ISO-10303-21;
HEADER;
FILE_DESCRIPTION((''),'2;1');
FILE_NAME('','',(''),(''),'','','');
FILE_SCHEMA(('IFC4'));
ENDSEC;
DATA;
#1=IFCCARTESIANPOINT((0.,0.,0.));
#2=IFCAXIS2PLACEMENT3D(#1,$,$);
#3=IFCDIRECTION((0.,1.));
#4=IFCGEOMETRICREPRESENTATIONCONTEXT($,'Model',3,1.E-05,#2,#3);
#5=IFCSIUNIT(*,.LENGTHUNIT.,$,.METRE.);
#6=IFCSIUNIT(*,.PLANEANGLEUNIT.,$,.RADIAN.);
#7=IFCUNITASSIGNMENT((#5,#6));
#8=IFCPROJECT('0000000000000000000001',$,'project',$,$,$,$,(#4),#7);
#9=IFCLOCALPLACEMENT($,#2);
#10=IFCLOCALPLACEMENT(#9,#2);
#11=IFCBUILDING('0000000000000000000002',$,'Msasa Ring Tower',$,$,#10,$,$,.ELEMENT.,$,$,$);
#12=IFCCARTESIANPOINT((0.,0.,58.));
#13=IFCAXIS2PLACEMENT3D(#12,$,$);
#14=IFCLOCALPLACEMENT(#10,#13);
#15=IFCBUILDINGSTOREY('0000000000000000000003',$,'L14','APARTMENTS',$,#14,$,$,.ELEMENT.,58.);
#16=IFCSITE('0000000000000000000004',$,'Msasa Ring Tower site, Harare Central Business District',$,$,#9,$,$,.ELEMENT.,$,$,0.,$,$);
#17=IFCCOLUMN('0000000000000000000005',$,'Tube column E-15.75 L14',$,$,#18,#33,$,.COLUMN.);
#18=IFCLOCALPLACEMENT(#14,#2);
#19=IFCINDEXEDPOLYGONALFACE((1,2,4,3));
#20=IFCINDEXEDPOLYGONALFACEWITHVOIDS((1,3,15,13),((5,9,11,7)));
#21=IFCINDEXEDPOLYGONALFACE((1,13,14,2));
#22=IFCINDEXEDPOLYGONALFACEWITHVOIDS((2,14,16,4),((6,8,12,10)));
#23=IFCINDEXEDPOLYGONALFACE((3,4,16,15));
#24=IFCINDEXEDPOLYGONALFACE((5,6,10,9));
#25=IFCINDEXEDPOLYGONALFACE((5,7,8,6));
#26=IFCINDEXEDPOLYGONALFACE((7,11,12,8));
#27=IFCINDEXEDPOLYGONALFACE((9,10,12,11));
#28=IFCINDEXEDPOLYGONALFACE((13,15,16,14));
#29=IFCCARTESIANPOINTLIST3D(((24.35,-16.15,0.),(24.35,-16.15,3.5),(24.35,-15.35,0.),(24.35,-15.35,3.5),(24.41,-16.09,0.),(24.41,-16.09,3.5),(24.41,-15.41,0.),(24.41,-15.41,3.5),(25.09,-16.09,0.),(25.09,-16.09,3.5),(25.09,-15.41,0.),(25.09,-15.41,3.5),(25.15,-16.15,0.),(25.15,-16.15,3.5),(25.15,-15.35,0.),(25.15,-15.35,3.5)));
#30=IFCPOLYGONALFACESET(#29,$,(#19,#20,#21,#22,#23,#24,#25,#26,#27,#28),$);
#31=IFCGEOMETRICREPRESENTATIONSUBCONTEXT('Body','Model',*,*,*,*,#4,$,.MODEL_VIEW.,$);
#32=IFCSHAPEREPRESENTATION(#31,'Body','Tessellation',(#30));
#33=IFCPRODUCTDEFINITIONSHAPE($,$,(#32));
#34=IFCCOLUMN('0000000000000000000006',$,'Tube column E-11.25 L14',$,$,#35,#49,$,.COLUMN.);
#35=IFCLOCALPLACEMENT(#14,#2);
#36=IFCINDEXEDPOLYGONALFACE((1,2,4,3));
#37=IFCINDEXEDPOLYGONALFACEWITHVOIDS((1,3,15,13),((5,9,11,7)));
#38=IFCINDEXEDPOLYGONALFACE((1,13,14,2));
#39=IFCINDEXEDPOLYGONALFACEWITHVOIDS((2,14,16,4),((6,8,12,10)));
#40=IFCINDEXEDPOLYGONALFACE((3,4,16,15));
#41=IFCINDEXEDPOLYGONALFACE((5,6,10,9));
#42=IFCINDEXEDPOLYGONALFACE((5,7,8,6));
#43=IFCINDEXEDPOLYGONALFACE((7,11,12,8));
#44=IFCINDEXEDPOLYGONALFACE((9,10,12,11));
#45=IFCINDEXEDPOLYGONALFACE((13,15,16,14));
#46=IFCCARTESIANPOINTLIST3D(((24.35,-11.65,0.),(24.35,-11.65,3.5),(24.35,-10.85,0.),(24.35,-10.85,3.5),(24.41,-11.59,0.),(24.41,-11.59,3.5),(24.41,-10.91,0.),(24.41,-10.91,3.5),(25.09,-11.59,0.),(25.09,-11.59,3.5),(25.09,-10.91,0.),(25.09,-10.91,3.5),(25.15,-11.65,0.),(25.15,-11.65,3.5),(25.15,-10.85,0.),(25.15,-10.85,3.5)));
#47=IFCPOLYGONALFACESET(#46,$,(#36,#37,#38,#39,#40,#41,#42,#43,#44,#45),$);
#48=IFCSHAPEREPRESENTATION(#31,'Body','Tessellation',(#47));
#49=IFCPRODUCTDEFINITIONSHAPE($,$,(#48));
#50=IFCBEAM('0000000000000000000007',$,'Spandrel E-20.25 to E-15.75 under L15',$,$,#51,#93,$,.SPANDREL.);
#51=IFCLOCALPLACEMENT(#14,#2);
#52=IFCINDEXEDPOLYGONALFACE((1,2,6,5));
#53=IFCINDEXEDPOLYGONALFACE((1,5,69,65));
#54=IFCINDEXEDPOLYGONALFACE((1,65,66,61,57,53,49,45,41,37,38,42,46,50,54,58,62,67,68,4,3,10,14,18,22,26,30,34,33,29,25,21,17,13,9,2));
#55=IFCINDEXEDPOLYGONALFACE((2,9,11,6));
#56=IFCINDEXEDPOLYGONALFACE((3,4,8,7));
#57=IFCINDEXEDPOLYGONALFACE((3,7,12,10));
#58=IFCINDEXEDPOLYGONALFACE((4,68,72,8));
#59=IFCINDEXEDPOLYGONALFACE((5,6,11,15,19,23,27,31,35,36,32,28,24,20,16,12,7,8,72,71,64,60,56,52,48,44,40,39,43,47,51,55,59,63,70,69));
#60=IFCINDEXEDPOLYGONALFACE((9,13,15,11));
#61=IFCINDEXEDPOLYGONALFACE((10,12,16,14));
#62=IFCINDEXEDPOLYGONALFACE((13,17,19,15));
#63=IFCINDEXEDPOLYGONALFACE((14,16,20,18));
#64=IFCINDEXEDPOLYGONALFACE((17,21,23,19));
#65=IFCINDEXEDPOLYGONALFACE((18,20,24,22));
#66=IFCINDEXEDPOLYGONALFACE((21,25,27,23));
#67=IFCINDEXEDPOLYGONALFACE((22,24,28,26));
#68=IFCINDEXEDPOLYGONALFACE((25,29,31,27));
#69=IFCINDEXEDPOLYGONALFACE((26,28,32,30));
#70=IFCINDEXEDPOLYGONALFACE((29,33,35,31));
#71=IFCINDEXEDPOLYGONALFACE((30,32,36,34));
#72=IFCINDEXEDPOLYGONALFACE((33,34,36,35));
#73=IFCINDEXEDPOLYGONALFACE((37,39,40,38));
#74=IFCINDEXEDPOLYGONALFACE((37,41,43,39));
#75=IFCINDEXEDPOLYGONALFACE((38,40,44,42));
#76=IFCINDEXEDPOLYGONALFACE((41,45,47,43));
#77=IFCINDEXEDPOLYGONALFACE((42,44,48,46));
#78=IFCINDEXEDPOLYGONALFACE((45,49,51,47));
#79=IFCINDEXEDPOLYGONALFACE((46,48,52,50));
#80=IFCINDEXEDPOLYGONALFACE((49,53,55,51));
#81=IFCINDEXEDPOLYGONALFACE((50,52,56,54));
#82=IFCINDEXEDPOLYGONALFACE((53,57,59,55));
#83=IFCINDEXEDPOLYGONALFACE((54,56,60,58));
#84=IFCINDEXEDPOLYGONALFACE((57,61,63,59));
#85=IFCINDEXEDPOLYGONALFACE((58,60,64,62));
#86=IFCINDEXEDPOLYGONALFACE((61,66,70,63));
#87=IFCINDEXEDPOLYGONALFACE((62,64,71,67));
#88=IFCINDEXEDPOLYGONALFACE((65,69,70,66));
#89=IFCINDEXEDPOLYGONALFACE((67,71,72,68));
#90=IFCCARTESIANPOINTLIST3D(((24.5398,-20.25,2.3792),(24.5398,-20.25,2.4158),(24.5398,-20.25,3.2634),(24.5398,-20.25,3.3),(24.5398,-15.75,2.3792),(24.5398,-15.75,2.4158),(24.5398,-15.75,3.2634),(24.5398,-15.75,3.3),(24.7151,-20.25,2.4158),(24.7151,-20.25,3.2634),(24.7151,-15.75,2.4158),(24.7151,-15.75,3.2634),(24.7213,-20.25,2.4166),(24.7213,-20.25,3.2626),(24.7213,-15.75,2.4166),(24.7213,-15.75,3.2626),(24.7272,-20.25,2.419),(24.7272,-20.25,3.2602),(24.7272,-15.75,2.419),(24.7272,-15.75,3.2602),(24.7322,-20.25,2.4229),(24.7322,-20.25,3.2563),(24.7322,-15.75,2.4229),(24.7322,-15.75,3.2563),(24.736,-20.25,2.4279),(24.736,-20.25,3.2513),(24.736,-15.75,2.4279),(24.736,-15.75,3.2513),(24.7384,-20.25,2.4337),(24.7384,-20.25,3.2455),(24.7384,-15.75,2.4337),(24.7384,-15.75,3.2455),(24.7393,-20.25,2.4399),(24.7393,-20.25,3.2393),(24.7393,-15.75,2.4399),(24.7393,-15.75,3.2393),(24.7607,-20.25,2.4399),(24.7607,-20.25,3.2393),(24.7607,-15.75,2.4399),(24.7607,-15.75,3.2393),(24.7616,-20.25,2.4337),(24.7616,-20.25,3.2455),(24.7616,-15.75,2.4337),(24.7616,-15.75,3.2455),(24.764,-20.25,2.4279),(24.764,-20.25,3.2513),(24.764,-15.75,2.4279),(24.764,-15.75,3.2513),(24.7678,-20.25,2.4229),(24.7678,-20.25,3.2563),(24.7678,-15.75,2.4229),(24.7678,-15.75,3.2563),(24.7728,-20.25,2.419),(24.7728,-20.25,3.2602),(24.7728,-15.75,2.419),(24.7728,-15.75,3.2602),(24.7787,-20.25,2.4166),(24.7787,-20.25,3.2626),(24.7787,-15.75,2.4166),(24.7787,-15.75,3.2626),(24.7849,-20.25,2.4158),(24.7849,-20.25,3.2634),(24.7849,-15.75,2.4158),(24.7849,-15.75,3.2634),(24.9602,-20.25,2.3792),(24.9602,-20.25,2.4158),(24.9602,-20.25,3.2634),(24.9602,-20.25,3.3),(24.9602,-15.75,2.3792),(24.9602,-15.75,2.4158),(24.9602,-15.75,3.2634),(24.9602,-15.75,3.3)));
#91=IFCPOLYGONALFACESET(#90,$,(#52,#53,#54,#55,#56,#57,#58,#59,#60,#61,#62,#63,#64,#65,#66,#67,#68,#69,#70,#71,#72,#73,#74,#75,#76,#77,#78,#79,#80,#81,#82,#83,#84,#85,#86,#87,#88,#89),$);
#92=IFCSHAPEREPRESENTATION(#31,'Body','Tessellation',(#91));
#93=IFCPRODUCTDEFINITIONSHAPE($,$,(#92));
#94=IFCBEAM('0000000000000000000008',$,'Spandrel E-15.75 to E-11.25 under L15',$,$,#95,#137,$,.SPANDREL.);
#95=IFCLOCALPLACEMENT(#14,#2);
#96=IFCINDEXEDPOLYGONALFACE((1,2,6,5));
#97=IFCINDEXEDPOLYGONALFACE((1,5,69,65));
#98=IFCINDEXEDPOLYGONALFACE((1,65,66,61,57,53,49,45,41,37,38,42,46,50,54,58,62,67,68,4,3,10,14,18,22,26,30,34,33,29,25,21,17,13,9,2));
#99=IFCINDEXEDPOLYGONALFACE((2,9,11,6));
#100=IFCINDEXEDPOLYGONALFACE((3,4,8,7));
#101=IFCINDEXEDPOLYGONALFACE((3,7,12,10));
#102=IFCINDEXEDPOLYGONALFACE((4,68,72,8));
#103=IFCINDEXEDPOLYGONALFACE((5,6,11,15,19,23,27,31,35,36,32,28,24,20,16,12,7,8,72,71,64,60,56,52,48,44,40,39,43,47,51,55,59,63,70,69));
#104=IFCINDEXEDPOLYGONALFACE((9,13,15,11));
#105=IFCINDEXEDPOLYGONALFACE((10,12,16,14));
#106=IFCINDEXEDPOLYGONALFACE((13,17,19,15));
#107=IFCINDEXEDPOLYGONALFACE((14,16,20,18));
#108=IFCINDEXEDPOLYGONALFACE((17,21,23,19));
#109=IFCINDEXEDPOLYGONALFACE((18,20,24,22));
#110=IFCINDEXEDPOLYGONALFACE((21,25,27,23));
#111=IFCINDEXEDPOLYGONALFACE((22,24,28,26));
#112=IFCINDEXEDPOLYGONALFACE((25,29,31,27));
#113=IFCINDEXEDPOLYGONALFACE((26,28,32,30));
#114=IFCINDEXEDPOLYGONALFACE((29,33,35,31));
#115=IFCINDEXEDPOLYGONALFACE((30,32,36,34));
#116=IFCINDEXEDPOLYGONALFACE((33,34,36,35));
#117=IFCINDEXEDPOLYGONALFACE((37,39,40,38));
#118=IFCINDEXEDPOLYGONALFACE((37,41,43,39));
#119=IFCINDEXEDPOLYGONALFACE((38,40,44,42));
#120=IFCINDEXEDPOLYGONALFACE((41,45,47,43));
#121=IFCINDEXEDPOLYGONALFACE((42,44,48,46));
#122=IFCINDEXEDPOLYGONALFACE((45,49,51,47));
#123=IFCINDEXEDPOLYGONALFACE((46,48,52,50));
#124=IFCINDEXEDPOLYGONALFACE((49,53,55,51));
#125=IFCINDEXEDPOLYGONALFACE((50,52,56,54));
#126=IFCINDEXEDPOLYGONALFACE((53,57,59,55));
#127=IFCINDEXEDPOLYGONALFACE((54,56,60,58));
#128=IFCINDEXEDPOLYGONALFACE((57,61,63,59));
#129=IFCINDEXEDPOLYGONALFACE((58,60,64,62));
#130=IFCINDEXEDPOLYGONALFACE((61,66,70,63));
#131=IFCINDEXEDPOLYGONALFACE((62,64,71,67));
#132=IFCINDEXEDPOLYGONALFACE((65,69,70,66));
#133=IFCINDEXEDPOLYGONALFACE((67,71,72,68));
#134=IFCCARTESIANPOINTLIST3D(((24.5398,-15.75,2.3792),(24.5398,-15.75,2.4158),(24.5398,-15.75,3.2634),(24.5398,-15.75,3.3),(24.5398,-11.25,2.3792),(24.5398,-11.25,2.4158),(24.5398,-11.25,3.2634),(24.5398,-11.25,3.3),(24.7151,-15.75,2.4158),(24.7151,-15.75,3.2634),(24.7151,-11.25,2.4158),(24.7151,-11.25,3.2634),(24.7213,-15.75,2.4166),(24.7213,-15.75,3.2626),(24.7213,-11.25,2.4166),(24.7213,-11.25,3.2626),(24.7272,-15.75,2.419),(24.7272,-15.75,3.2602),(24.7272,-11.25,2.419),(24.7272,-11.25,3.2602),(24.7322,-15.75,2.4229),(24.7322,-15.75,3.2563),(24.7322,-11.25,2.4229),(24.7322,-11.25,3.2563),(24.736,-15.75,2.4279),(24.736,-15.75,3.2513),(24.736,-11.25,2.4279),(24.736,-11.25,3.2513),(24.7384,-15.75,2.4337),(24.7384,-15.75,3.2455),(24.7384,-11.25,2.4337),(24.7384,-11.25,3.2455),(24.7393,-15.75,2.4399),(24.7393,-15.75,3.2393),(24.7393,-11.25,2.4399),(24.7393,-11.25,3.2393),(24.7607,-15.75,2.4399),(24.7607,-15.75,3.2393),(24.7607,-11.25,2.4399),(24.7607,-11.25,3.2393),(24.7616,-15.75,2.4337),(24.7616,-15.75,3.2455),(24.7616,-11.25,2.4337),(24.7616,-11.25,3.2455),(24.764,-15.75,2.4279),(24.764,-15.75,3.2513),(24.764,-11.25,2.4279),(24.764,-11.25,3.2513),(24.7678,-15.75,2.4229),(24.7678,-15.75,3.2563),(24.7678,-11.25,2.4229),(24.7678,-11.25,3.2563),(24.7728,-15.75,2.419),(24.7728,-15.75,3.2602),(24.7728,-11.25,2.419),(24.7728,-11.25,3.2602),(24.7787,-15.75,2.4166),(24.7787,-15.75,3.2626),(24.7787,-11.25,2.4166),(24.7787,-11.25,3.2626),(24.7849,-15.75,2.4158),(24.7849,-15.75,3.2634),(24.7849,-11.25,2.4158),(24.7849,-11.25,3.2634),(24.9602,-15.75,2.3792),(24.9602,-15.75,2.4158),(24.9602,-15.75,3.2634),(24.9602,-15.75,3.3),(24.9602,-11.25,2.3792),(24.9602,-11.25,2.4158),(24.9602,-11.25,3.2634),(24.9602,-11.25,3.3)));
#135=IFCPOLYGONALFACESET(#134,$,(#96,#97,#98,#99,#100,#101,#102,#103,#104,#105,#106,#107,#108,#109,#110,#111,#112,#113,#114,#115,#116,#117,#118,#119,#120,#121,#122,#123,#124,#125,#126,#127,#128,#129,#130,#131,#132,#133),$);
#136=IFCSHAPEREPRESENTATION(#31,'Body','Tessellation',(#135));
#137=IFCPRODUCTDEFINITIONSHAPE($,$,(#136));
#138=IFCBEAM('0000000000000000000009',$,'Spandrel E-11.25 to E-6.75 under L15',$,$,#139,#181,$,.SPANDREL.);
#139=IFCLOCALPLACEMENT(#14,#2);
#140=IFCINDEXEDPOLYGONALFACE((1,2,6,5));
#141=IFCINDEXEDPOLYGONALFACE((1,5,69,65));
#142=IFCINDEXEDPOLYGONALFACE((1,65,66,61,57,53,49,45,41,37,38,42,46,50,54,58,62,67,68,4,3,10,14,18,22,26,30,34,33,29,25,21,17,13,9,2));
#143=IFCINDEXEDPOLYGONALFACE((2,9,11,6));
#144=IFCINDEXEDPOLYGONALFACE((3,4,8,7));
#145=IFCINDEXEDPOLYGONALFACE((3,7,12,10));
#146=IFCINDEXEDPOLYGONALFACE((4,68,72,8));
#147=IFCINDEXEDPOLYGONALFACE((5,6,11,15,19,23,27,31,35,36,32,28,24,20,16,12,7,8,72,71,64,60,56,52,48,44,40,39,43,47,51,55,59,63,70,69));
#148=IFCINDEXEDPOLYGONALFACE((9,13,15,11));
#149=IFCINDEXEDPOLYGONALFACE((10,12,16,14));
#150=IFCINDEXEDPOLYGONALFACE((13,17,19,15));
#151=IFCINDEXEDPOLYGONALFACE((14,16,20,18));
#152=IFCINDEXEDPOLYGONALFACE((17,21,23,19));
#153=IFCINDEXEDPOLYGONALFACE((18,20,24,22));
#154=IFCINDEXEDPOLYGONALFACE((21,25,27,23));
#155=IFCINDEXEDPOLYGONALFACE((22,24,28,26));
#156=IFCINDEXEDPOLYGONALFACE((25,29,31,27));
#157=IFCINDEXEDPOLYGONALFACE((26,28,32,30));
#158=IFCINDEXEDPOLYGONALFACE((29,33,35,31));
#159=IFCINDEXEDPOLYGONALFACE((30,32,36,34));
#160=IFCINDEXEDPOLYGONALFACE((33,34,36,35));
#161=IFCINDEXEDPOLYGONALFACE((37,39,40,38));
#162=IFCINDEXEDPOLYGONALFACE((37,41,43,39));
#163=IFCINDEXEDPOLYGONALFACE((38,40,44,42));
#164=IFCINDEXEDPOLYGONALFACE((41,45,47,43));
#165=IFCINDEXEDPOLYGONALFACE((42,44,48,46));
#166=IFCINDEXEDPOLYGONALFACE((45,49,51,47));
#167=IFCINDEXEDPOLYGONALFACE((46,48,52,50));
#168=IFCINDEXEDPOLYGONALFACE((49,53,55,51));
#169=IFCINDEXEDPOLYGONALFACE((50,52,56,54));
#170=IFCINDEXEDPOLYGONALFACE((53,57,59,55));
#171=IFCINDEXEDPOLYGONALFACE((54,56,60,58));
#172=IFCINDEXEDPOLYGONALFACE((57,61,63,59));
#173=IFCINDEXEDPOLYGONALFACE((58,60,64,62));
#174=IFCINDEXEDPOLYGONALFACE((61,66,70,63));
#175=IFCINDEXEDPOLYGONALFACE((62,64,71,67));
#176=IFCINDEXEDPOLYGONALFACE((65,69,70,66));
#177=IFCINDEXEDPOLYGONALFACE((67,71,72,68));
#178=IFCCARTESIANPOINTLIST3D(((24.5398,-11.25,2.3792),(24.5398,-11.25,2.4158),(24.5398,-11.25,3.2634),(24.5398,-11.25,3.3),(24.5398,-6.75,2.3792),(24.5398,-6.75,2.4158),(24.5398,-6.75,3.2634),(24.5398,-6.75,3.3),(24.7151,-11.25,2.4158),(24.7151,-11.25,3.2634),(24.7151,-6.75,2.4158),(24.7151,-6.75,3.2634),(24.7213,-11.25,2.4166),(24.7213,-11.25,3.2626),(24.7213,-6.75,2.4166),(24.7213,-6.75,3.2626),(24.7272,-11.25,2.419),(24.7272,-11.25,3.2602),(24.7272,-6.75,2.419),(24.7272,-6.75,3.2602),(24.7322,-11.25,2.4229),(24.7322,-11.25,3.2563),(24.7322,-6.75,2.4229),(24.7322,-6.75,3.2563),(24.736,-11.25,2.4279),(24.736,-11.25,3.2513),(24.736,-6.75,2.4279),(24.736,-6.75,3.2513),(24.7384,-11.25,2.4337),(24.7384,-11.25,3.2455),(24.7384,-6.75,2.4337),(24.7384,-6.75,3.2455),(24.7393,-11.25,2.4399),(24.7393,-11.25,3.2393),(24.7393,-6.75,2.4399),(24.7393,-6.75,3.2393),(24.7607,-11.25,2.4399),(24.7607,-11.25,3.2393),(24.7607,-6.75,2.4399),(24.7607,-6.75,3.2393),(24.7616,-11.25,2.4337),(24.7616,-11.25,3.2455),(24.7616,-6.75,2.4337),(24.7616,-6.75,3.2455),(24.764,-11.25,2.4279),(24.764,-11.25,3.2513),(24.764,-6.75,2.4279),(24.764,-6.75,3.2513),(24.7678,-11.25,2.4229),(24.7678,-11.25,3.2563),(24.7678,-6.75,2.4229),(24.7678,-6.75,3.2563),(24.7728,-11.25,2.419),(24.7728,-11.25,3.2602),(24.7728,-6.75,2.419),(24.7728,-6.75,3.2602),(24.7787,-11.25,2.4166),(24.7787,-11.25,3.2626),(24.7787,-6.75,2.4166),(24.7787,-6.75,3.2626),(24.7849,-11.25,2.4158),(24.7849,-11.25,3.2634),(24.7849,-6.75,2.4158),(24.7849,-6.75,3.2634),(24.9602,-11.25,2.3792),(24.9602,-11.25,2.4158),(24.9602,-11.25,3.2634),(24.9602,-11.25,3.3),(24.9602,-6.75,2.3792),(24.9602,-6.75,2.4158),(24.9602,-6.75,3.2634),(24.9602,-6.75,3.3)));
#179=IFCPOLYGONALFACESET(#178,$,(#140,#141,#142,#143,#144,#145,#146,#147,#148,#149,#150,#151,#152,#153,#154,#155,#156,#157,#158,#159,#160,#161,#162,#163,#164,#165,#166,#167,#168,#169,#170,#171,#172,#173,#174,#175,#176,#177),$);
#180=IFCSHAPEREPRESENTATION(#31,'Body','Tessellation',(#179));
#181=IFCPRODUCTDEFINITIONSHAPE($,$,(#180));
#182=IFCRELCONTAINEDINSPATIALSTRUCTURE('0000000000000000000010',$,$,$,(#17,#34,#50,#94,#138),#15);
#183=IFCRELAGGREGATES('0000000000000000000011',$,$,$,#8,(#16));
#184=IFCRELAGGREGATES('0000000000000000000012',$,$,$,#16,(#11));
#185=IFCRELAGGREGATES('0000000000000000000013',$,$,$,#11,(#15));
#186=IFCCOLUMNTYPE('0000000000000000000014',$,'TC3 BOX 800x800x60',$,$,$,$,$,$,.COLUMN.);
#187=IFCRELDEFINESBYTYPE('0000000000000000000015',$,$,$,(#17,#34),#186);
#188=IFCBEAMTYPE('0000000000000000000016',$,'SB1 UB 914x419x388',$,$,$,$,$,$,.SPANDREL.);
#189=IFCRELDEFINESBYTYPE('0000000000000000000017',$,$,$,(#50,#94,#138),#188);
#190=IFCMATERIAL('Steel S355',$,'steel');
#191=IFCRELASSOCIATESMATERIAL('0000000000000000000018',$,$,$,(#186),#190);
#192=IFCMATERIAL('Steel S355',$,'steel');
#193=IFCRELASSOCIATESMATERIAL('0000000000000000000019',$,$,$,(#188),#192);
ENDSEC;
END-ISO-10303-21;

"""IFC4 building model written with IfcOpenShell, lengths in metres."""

from ifc_helpers import new_model, si_unit, direction, frame, origin, origin_2d, place, context, subcontext, project, spatial, hollow_rectangle, i_section, extrude, material, material_profile, profile_set, type_object, element, save


model = new_model("IFC4")

# Units and contexts
model_context = context("Model", 3, precision=1e-05, world=origin(), true_north=direction((0.0, 1.0)))
body_context = subcontext(model_context, "Body", "Model", "MODEL_VIEW")
ifc_project = project(units=[si_unit("LENGTHUNIT", "METRE"), si_unit("PLANEANGLEUNIT", "RADIAN")], contexts=[model_context])

# Site, building, storey
site_placement = place(None, origin())
site = spatial("IfcSite", under=ifc_project, at=site_placement, Name="Msasa Ring Tower site, Harare Central Business District", CompositionType="ELEMENT", RefElevation=0.0)
building_placement = place(site_placement, origin())
building = spatial("IfcBuilding", under=site, at=building_placement, Name="Msasa Ring Tower", CompositionType="ELEMENT")
storey_placement = place(building_placement, frame((0.0, 0.0, 58.0)))
storey = spatial("IfcBuildingStorey", under=building, at=storey_placement, Name="L14", Description="APARTMENTS", CompositionType="ELEMENT", Elevation=58.0)

# Columns
ifc_material_1 = material(Name="Steel S355", Category="steel")
ifc_material_profile_1 = material_profile(ifc_material_1, hollow_rectangle(XDim=0.8, YDim=0.8, WallThickness=0.0601, at=origin_2d()), Name="BOX 800x800x60")
ifc_profile_set_1 = profile_set([ifc_material_profile_1], Name="Steel S355")
column_type = type_object("IfcColumnType", Name="TC3 BOX 800x800x60", PredefinedType="COLUMN", material=ifc_profile_set_1)
for number, where, z_axis, x_axis, name in (
    (1, (24.75, -15.75, 0.0), (0.0, 0.0, 1.0), (1.0, 0.0, 0.0), "Tube column E-15.75 L14"),
    (2, (24.75, -11.25, 0.0), (0.0, 0.0, 1.0), (1.0, 0.0, 0.0), "Tube column E-11.25 L14"),
):
    element("IfcColumn", number, at=place(storey_placement, frame(where, z_axis=z_axis, x_axis=x_axis)), inside=storey, type_object=column_type, Name=name, PredefinedType="COLUMN", context=body_context, shape_type="SweptSolid", body=[
        extrude(hollow_rectangle(XDim=0.8, YDim=0.8, WallThickness=0.0601, at=origin_2d()), origin(), (0.0, 0.0, 1.0), 3.5),
    ])

# Beams
ifc_material_2 = material(Name="Steel S355", Category="steel")
ifc_material_profile_2 = material_profile(ifc_material_2, i_section(OverallWidth=0.4204, OverallDepth=0.9209, WebThickness=0.0215, FlangeThickness=0.0366, FilletRadius=0.0242, at=origin_2d()), Name="UB 914x419x388")
ifc_profile_set_2 = profile_set([ifc_material_profile_2], Name="Steel S355")
beam_type = type_object("IfcBeamType", Name="SB1 UB 914x419x388", PredefinedType="SPANDREL", material=ifc_profile_set_2)
for number, where, z_axis, x_axis, name in (
    (3, (24.75, -20.25, 2.8396), (0.0, 1.0, 0.0), (-1.0, 0.0, 0.0), "Spandrel E-20.25 to E-15.75 under L15"),
    (4, (24.75, -15.75, 2.8396), (0.0, 1.0, 0.0), (-1.0, 0.0, 0.0), "Spandrel E-15.75 to E-11.25 under L15"),
    (5, (24.75, -11.25, 2.8396), (0.0, 1.0, 0.0), (-1.0, 0.0, 0.0), "Spandrel E-11.25 to E-6.75 under L15"),
):
    element("IfcBeam", number, at=place(storey_placement, frame(where, z_axis=z_axis, x_axis=x_axis)), inside=storey, type_object=beam_type, Name=name, PredefinedType="SPANDREL", context=body_context, shape_type="SweptSolid", body=[
        extrude(i_section(OverallWidth=0.4204, OverallDepth=0.9209, WebThickness=0.0215, FlangeThickness=0.0366, FilletRadius=0.0242, at=origin_2d()), origin(), (0.0, 0.0, 1.0), 4.5),
    ])

save(model, "model.ifc")
